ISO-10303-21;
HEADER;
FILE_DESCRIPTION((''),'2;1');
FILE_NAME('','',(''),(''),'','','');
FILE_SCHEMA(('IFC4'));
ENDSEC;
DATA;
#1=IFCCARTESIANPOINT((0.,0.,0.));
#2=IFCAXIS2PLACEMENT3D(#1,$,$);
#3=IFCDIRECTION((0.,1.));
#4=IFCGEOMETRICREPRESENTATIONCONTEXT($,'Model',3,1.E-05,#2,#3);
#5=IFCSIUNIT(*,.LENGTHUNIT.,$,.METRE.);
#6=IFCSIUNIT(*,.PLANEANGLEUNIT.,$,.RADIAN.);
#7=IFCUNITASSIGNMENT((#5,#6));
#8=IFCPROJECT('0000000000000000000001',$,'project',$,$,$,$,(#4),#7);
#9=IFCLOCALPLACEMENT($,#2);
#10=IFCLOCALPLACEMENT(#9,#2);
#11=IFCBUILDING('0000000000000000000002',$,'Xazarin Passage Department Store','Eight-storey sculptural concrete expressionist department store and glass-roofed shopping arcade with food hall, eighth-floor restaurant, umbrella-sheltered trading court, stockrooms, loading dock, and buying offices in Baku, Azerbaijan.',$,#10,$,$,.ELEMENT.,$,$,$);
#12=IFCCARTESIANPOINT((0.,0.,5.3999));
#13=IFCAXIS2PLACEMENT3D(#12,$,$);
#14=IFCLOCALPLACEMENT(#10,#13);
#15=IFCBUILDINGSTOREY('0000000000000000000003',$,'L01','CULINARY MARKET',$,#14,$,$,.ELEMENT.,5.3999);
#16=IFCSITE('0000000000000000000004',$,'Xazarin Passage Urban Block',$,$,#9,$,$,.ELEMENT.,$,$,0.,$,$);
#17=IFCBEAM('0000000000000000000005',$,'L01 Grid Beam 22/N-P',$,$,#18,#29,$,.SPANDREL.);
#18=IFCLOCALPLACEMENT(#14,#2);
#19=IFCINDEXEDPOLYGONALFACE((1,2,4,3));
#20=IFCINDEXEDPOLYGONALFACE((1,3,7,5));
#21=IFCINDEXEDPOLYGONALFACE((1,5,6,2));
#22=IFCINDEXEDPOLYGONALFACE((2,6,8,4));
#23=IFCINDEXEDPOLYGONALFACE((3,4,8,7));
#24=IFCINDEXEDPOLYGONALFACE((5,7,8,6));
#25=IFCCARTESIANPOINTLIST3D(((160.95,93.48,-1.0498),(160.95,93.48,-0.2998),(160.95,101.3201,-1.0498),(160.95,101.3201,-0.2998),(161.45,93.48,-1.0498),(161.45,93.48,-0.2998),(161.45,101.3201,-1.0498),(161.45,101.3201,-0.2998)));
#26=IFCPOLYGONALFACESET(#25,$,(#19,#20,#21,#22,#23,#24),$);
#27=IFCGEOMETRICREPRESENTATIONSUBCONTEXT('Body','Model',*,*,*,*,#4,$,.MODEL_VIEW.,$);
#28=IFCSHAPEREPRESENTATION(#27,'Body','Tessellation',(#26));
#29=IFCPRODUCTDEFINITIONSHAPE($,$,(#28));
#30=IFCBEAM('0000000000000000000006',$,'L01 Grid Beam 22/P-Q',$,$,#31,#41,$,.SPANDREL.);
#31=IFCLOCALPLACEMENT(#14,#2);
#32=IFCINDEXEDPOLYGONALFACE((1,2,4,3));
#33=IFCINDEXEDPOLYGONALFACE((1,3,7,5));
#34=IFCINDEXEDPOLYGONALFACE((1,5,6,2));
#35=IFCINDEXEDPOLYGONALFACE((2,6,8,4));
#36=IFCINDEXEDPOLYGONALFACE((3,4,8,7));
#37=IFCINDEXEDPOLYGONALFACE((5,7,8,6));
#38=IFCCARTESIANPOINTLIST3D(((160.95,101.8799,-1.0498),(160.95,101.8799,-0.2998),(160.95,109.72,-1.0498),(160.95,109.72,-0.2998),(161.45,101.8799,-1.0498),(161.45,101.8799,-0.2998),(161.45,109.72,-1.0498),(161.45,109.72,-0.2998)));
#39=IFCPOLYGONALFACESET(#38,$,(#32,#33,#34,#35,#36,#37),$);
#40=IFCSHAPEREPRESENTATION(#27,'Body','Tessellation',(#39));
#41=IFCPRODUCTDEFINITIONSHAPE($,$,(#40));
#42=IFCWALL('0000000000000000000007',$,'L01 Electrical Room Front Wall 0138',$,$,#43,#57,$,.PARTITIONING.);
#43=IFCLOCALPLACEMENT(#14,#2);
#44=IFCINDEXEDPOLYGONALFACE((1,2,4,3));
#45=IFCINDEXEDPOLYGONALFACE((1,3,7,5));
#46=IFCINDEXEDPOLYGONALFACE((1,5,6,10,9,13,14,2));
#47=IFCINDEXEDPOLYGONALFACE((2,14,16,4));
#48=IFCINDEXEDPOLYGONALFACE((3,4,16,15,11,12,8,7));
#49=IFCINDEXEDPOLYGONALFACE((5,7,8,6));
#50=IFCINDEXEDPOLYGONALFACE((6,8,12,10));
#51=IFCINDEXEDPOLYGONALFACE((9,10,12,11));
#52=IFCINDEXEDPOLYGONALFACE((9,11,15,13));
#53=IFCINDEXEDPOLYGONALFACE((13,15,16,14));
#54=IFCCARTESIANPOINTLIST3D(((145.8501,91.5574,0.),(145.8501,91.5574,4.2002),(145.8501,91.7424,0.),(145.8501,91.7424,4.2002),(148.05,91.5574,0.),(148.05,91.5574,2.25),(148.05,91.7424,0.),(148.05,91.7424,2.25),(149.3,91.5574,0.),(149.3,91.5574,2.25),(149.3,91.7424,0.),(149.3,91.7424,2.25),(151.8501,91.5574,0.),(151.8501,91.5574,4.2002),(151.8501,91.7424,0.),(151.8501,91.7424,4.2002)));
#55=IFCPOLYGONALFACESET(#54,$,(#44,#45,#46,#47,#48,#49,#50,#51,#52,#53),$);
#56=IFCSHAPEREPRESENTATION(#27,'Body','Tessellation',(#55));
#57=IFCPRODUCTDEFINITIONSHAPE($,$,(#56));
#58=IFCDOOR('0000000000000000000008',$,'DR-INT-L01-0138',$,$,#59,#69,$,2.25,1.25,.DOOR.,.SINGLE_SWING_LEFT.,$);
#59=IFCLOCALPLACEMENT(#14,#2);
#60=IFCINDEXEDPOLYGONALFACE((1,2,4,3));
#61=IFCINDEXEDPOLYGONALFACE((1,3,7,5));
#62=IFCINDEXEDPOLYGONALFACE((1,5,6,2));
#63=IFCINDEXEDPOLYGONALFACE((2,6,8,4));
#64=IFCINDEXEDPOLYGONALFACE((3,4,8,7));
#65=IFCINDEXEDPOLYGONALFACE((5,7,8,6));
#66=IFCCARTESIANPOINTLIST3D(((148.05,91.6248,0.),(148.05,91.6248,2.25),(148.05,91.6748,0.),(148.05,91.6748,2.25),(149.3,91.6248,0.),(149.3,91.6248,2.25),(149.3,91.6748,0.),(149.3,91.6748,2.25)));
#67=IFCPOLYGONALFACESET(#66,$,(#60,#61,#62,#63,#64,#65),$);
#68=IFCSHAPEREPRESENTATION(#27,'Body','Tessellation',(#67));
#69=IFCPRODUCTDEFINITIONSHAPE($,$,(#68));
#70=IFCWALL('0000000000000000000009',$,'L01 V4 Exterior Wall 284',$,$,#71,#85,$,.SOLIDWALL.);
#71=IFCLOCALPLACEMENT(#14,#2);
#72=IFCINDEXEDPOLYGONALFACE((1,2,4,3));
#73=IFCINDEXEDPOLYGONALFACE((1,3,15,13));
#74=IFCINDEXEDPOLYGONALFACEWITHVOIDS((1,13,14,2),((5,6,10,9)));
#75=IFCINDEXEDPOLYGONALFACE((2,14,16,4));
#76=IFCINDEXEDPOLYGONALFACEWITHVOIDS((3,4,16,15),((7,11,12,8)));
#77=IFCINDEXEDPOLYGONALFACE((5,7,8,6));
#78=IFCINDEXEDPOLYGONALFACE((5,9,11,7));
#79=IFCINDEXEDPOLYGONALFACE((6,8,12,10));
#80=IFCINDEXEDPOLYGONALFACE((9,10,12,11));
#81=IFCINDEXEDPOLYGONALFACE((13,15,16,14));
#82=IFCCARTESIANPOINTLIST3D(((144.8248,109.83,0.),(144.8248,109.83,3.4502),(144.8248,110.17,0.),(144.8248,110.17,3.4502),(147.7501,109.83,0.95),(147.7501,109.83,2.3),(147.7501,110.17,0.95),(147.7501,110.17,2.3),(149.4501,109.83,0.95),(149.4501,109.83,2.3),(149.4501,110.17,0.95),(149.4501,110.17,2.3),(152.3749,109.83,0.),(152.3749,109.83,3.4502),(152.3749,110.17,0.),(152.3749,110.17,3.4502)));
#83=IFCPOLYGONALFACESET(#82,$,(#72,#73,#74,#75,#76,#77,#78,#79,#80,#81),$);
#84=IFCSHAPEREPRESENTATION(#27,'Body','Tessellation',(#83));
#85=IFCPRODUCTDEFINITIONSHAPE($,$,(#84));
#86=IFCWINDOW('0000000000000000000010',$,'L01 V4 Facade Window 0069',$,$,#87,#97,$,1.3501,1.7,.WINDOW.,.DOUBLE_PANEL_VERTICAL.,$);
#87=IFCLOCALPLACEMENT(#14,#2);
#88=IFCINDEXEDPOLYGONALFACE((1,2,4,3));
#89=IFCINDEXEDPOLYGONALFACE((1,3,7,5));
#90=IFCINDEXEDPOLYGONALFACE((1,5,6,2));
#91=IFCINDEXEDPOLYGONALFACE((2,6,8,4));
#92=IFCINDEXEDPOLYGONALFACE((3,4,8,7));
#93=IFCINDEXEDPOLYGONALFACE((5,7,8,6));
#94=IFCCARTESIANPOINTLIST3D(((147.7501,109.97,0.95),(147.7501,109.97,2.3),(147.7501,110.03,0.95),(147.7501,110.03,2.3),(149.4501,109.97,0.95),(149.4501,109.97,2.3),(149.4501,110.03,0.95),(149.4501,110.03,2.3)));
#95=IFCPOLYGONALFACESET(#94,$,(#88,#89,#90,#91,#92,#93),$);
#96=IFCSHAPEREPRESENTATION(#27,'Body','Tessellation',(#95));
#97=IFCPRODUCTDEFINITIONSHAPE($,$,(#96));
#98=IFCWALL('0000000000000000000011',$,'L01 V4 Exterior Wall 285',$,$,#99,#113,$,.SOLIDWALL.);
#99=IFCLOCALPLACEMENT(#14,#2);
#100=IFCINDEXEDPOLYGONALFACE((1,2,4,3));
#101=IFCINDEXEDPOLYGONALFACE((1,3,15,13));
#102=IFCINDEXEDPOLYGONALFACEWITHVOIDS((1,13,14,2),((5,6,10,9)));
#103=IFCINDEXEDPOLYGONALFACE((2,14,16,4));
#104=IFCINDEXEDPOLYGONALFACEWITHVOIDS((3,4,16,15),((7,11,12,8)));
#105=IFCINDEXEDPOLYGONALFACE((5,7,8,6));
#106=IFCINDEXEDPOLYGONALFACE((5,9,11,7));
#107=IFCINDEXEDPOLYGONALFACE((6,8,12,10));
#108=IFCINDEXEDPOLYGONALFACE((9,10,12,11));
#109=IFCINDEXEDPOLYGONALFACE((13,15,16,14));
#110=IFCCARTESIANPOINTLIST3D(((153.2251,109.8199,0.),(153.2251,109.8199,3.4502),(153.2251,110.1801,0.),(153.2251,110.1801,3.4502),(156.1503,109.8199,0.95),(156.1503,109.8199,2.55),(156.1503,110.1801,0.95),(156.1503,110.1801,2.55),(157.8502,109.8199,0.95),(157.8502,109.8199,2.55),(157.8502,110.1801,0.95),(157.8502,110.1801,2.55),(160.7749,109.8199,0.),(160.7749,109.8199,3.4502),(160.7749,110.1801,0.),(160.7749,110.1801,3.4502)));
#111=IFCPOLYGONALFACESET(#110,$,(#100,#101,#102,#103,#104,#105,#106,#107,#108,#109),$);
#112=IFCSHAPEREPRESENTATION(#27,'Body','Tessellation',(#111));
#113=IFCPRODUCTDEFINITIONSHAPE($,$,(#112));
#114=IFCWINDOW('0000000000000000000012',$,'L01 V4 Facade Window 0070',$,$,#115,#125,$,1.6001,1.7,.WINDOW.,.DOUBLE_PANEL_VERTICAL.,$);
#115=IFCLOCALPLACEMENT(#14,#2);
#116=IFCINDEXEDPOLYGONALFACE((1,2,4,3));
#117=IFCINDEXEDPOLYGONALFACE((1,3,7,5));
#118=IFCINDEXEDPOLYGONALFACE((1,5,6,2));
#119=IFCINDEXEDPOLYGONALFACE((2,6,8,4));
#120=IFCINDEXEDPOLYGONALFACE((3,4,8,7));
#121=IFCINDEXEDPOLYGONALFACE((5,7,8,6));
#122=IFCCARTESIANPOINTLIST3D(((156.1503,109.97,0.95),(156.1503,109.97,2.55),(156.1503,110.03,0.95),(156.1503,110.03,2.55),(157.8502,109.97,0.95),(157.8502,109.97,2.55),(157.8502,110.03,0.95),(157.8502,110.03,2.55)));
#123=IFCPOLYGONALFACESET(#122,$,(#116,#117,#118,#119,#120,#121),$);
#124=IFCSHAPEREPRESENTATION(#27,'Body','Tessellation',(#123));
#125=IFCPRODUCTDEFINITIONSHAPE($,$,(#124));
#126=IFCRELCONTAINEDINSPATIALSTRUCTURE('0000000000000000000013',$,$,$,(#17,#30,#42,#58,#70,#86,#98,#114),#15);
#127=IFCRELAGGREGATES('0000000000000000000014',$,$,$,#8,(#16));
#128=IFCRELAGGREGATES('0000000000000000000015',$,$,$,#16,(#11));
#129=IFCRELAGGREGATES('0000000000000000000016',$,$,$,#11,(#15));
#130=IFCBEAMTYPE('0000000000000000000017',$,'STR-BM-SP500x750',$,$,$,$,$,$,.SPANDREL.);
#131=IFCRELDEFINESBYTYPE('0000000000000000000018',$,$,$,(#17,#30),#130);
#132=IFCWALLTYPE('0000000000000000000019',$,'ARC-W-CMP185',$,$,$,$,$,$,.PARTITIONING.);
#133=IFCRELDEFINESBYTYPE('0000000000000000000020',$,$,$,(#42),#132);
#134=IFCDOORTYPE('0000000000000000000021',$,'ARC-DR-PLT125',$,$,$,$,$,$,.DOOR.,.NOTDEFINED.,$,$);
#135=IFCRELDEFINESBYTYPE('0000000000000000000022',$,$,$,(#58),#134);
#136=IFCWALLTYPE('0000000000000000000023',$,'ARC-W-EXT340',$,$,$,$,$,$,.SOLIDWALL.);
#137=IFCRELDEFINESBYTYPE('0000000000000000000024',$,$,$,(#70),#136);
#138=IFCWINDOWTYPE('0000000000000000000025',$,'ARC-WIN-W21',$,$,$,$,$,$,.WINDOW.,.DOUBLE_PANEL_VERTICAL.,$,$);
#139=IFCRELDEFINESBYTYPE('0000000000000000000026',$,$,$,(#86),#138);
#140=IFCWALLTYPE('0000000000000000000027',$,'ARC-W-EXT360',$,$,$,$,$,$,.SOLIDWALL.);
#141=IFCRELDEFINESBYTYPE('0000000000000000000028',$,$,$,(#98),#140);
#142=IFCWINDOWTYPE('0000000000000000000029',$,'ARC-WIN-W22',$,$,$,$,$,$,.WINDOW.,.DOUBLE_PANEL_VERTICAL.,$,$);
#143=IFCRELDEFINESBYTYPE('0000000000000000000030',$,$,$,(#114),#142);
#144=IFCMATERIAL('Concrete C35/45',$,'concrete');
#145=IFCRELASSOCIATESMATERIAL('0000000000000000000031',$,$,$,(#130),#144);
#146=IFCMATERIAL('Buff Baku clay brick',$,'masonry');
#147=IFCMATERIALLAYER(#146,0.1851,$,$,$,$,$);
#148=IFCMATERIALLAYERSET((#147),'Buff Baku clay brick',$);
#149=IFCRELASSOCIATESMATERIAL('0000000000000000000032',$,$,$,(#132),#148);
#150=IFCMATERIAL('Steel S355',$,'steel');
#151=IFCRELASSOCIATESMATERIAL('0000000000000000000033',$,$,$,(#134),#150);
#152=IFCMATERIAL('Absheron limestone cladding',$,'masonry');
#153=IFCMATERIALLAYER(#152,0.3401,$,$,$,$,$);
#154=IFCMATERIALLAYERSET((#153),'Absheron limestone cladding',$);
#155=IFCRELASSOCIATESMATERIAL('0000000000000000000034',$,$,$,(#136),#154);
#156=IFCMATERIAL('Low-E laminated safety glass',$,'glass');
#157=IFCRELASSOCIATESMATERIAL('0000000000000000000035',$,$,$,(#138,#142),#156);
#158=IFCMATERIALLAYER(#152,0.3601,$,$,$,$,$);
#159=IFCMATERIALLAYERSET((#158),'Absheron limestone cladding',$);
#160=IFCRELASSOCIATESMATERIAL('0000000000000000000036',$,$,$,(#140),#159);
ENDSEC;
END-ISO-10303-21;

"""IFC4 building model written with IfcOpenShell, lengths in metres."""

from ifc_helpers import new_model, si_unit, direction, frame, frame_2d, origin, origin_2d, place, context, subcontext, project, spatial, rectangle, extrude, material, layer, layer_set, material_profile, profile_set, type_object, element, fill, save


model = new_model("IFC4")

# Units and contexts
model_context = context("Model", 3, precision=1e-05, world=origin(), true_north=direction((0.0, 1.0)))
body_context = subcontext(model_context, "Body", "Model", "MODEL_VIEW")
ifc_project = project(units=[si_unit("LENGTHUNIT", "METRE"), si_unit("PLANEANGLEUNIT", "RADIAN")], contexts=[model_context])

# Site, building, storey
site_placement = place(None, origin())
site = spatial("IfcSite", under=ifc_project, at=site_placement, Name="Xazarin Passage Urban Block", CompositionType="ELEMENT", RefElevation=0.0)
building_placement = place(site_placement, origin())
building = spatial("IfcBuilding", under=site, at=building_placement, Name="Xazarin Passage Department Store", Description="Eight-storey sculptural concrete expressionist department store and glass-roofed shopping arcade with food hall, eighth-floor restaurant, umbrella-sheltered trading court, stockrooms, loading dock, and buying offices in Baku, Azerbaijan.", CompositionType="ELEMENT")
storey_placement = place(building_placement, frame((0.0, 0.0, 5.3999)))
storey = spatial("IfcBuildingStorey", under=building, at=storey_placement, Name="L01", Description="CULINARY MARKET", CompositionType="ELEMENT", Elevation=5.3999)

# Beams
ifc_material_1 = material(Name="Concrete C35/45", Category="concrete")
ifc_material_profile_1 = material_profile(ifc_material_1, rectangle(XDim=0.5, YDim=0.75, at=origin_2d()), Name="RC 500x750")
ifc_profile_set_1 = profile_set([ifc_material_profile_1], Name="Concrete C35/45")
beam_type_1 = type_object("IfcBeamType", Name="STR-BM-SP500x750", PredefinedType="SPANDREL", material=ifc_profile_set_1)
for number, where, z_axis, x_axis, name in (
    (1, (161.2, 93.48, -0.6748), (0.0, 1.0, 0.0), (-1.0, 0.0, 0.0), "L01 Grid Beam 22/N-P"),
    (2, (161.2, 101.8799, -0.6748), (0.0, 1.0, 0.0), (-1.0, 0.0, 0.0), "L01 Grid Beam 22/P-Q"),
):
    element("IfcBeam", number, at=place(storey_placement, frame(where, z_axis=z_axis, x_axis=x_axis)), inside=storey, type_object=beam_type_1, Name=name, PredefinedType="SPANDREL", context=body_context, shape_type="SweptSolid", body=[
        extrude(rectangle(XDim=0.5, YDim=0.75, at=origin_2d()), origin(), (0.0, 0.0, 1.0), 7.8401),
    ])

# Wall, opening, door
ifc_material_2 = material(Name="Buff Baku clay brick", Category="masonry")
ifc_layer_1 = layer(ifc_material_2, 0.1851)
ifc_layer_set_1 = layer_set([ifc_layer_1], Name="Buff Baku clay brick")
wall_type_1 = type_object("IfcWallType", Name="ARC-W-CMP185", PredefinedType="PARTITIONING", material=ifc_layer_set_1)
wall_1_placement = place(storey_placement, frame((145.8501, 91.6499, 0.0), z_axis=(0.0, 0.0, 1.0), x_axis=(1.0, 0.0, 0.0)))
wall_1 = element("IfcWall", 3, at=wall_1_placement, inside=storey, type_object=wall_type_1, Name="L01 Electrical Room Front Wall 0138", PredefinedType="PARTITIONING", context=body_context, shape_type="SweptSolid", body=[
    extrude(rectangle(XDim=6.0, YDim=0.1851, at=frame_2d((3.0, 0.0))), origin(), (0.0, 0.0, 1.0), 4.2002),
])
opening_1_placement = place(wall_1_placement, frame((2.2, 0.0, 0.0)))
opening_1 = element("IfcOpeningElement", 4, at=opening_1_placement, cuts=wall_1, PredefinedType="OPENING", context=body_context, shape_type="SweptSolid", body=[
    extrude(rectangle(XDim=1.25, YDim=2.25, at=frame_2d((0.625, 1.125))), frame((0.0, 0.1025, 0.0), z_axis=(0.0, -1.0, 0.0), x_axis=(1.0, 0.0, 0.0)), (0.0, 0.0, 1.0), 0.2051),
])
ifc_material_3 = material(Name="Steel S355", Category="steel")
door_type = type_object("IfcDoorType", Name="ARC-DR-PLT125", OperationType="NOTDEFINED", PredefinedType="DOOR", material=ifc_material_3)
door_placement = place(opening_1_placement, origin())
door = element("IfcDoor", 5, at=door_placement, inside=storey, type_object=door_type, Name="DR-INT-L01-0138", OperationType="SINGLE_SWING_LEFT", OverallHeight=2.25, OverallWidth=1.25, PredefinedType="DOOR", context=body_context, shape_type="SweptSolid", body=[
    extrude(rectangle(XDim=1.25, YDim=2.25, at=frame_2d((0.625, 1.125))), frame((0.0, 0.0249, 0.0), z_axis=(0.0, -1.0, 0.0), x_axis=(1.0, 0.0, 0.0)), (0.0, 0.0, 1.0), 0.05),
])
fill(opening_1, door)

# Walls, openings, windows
ifc_material_4 = material(Name="Absheron limestone cladding", Category="masonry")
ifc_layer_2 = layer(ifc_material_4, 0.3401)
ifc_layer_set_2 = layer_set([ifc_layer_2], Name="Absheron limestone cladding")
wall_type_2 = type_object("IfcWallType", Name="ARC-W-EXT340", PredefinedType="SOLIDWALL", material=ifc_layer_set_2)
wall_2_placement = place(storey_placement, frame((144.825, 110.0, 0.0), z_axis=(0.0, 0.0, 1.0), x_axis=(1.0, 0.0, 0.0)))
wall_2 = element("IfcWall", 6, at=wall_2_placement, inside=storey, type_object=wall_type_2, Name="L01 V4 Exterior Wall 284", PredefinedType="SOLIDWALL", context=body_context, shape_type="SweptSolid", body=[
    extrude(rectangle(XDim=7.55, YDim=0.3401, at=frame_2d((3.7749, 0.0))), origin(), (0.0, 0.0, 1.0), 3.4502),
])
opening_2_placement = place(wall_2_placement, frame((2.925, 0.0, 0.95)))
opening_2 = element("IfcOpeningElement", 7, at=opening_2_placement, cuts=wall_2, PredefinedType="OPENING", context=body_context, shape_type="SweptSolid", body=[
    extrude(rectangle(XDim=1.7, YDim=1.3501, at=frame_2d((0.8501, 0.675))), frame((0.0, 0.1799, 0.0), z_axis=(0.0, -1.0, 0.0), x_axis=(1.0, 0.0, 0.0)), (0.0, 0.0, 1.0), 0.3601),
])
ifc_material_5 = material(Name="Low-E laminated safety glass", Category="glass")
window_type_1 = type_object("IfcWindowType", Name="ARC-WIN-W21", PartitioningType="DOUBLE_PANEL_VERTICAL", PredefinedType="WINDOW", material=ifc_material_5)
window_1_placement = place(opening_2_placement, origin())
window_1 = element("IfcWindow", 8, at=window_1_placement, inside=storey, type_object=window_type_1, Name="L01 V4 Facade Window 0069", OverallHeight=1.3501, OverallWidth=1.7, PartitioningType="DOUBLE_PANEL_VERTICAL", PredefinedType="WINDOW", context=body_context, shape_type="SweptSolid", body=[
    extrude(rectangle(XDim=1.7, YDim=1.3501, at=frame_2d((0.8501, 0.675))), frame((0.0, 0.03, 0.0), z_axis=(0.0, -1.0, 0.0), x_axis=(1.0, 0.0, 0.0)), (0.0, 0.0, 1.0), 0.0601),
])
fill(opening_2, window_1)
ifc_layer_3 = layer(ifc_material_4, 0.3601)
ifc_layer_set_3 = layer_set([ifc_layer_3], Name="Absheron limestone cladding")
wall_type_3 = type_object("IfcWallType", Name="ARC-W-EXT360", PredefinedType="SOLIDWALL", material=ifc_layer_set_3)
wall_3_placement = place(storey_placement, frame((153.2251, 110.0, 0.0), z_axis=(0.0, 0.0, 1.0), x_axis=(1.0, 0.0, 0.0)))
wall_3 = element("IfcWall", 9, at=wall_3_placement, inside=storey, type_object=wall_type_3, Name="L01 V4 Exterior Wall 285", PredefinedType="SOLIDWALL", context=body_context, shape_type="SweptSolid", body=[
    extrude(rectangle(XDim=7.5498, YDim=0.3601, at=frame_2d((3.7749, 0.0))), origin(), (0.0, 0.0, 1.0), 3.4502),
])
opening_3_placement = place(wall_3_placement, frame((2.925, 0.0, 0.95)))
opening_3 = element("IfcOpeningElement", 10, at=opening_3_placement, cuts=wall_3, PredefinedType="OPENING", context=body_context, shape_type="SweptSolid", body=[
    extrude(rectangle(XDim=1.7, YDim=1.6001, at=frame_2d((0.8501, 0.8))), frame((0.0, 0.1899, 0.0), z_axis=(0.0, -1.0, 0.0), x_axis=(1.0, 0.0, 0.0)), (0.0, 0.0, 1.0), 0.3801),
])
window_type_2 = type_object("IfcWindowType", Name="ARC-WIN-W22", PartitioningType="DOUBLE_PANEL_VERTICAL", PredefinedType="WINDOW", material=ifc_material_5)
window_2_placement = place(opening_3_placement, origin())
window_2 = element("IfcWindow", 11, at=window_2_placement, inside=storey, type_object=window_type_2, Name="L01 V4 Facade Window 0070", OverallHeight=1.6001, OverallWidth=1.7, PartitioningType="DOUBLE_PANEL_VERTICAL", PredefinedType="WINDOW", context=body_context, shape_type="SweptSolid", body=[
    extrude(rectangle(XDim=1.7, YDim=1.6001, at=frame_2d((0.8501, 0.8))), frame((0.0, 0.03, 0.0), z_axis=(0.0, -1.0, 0.0), x_axis=(1.0, 0.0, 0.0)), (0.0, 0.0, 1.0), 0.0601),
])
fill(opening_3, window_2)

save(model, "model.ifc")
